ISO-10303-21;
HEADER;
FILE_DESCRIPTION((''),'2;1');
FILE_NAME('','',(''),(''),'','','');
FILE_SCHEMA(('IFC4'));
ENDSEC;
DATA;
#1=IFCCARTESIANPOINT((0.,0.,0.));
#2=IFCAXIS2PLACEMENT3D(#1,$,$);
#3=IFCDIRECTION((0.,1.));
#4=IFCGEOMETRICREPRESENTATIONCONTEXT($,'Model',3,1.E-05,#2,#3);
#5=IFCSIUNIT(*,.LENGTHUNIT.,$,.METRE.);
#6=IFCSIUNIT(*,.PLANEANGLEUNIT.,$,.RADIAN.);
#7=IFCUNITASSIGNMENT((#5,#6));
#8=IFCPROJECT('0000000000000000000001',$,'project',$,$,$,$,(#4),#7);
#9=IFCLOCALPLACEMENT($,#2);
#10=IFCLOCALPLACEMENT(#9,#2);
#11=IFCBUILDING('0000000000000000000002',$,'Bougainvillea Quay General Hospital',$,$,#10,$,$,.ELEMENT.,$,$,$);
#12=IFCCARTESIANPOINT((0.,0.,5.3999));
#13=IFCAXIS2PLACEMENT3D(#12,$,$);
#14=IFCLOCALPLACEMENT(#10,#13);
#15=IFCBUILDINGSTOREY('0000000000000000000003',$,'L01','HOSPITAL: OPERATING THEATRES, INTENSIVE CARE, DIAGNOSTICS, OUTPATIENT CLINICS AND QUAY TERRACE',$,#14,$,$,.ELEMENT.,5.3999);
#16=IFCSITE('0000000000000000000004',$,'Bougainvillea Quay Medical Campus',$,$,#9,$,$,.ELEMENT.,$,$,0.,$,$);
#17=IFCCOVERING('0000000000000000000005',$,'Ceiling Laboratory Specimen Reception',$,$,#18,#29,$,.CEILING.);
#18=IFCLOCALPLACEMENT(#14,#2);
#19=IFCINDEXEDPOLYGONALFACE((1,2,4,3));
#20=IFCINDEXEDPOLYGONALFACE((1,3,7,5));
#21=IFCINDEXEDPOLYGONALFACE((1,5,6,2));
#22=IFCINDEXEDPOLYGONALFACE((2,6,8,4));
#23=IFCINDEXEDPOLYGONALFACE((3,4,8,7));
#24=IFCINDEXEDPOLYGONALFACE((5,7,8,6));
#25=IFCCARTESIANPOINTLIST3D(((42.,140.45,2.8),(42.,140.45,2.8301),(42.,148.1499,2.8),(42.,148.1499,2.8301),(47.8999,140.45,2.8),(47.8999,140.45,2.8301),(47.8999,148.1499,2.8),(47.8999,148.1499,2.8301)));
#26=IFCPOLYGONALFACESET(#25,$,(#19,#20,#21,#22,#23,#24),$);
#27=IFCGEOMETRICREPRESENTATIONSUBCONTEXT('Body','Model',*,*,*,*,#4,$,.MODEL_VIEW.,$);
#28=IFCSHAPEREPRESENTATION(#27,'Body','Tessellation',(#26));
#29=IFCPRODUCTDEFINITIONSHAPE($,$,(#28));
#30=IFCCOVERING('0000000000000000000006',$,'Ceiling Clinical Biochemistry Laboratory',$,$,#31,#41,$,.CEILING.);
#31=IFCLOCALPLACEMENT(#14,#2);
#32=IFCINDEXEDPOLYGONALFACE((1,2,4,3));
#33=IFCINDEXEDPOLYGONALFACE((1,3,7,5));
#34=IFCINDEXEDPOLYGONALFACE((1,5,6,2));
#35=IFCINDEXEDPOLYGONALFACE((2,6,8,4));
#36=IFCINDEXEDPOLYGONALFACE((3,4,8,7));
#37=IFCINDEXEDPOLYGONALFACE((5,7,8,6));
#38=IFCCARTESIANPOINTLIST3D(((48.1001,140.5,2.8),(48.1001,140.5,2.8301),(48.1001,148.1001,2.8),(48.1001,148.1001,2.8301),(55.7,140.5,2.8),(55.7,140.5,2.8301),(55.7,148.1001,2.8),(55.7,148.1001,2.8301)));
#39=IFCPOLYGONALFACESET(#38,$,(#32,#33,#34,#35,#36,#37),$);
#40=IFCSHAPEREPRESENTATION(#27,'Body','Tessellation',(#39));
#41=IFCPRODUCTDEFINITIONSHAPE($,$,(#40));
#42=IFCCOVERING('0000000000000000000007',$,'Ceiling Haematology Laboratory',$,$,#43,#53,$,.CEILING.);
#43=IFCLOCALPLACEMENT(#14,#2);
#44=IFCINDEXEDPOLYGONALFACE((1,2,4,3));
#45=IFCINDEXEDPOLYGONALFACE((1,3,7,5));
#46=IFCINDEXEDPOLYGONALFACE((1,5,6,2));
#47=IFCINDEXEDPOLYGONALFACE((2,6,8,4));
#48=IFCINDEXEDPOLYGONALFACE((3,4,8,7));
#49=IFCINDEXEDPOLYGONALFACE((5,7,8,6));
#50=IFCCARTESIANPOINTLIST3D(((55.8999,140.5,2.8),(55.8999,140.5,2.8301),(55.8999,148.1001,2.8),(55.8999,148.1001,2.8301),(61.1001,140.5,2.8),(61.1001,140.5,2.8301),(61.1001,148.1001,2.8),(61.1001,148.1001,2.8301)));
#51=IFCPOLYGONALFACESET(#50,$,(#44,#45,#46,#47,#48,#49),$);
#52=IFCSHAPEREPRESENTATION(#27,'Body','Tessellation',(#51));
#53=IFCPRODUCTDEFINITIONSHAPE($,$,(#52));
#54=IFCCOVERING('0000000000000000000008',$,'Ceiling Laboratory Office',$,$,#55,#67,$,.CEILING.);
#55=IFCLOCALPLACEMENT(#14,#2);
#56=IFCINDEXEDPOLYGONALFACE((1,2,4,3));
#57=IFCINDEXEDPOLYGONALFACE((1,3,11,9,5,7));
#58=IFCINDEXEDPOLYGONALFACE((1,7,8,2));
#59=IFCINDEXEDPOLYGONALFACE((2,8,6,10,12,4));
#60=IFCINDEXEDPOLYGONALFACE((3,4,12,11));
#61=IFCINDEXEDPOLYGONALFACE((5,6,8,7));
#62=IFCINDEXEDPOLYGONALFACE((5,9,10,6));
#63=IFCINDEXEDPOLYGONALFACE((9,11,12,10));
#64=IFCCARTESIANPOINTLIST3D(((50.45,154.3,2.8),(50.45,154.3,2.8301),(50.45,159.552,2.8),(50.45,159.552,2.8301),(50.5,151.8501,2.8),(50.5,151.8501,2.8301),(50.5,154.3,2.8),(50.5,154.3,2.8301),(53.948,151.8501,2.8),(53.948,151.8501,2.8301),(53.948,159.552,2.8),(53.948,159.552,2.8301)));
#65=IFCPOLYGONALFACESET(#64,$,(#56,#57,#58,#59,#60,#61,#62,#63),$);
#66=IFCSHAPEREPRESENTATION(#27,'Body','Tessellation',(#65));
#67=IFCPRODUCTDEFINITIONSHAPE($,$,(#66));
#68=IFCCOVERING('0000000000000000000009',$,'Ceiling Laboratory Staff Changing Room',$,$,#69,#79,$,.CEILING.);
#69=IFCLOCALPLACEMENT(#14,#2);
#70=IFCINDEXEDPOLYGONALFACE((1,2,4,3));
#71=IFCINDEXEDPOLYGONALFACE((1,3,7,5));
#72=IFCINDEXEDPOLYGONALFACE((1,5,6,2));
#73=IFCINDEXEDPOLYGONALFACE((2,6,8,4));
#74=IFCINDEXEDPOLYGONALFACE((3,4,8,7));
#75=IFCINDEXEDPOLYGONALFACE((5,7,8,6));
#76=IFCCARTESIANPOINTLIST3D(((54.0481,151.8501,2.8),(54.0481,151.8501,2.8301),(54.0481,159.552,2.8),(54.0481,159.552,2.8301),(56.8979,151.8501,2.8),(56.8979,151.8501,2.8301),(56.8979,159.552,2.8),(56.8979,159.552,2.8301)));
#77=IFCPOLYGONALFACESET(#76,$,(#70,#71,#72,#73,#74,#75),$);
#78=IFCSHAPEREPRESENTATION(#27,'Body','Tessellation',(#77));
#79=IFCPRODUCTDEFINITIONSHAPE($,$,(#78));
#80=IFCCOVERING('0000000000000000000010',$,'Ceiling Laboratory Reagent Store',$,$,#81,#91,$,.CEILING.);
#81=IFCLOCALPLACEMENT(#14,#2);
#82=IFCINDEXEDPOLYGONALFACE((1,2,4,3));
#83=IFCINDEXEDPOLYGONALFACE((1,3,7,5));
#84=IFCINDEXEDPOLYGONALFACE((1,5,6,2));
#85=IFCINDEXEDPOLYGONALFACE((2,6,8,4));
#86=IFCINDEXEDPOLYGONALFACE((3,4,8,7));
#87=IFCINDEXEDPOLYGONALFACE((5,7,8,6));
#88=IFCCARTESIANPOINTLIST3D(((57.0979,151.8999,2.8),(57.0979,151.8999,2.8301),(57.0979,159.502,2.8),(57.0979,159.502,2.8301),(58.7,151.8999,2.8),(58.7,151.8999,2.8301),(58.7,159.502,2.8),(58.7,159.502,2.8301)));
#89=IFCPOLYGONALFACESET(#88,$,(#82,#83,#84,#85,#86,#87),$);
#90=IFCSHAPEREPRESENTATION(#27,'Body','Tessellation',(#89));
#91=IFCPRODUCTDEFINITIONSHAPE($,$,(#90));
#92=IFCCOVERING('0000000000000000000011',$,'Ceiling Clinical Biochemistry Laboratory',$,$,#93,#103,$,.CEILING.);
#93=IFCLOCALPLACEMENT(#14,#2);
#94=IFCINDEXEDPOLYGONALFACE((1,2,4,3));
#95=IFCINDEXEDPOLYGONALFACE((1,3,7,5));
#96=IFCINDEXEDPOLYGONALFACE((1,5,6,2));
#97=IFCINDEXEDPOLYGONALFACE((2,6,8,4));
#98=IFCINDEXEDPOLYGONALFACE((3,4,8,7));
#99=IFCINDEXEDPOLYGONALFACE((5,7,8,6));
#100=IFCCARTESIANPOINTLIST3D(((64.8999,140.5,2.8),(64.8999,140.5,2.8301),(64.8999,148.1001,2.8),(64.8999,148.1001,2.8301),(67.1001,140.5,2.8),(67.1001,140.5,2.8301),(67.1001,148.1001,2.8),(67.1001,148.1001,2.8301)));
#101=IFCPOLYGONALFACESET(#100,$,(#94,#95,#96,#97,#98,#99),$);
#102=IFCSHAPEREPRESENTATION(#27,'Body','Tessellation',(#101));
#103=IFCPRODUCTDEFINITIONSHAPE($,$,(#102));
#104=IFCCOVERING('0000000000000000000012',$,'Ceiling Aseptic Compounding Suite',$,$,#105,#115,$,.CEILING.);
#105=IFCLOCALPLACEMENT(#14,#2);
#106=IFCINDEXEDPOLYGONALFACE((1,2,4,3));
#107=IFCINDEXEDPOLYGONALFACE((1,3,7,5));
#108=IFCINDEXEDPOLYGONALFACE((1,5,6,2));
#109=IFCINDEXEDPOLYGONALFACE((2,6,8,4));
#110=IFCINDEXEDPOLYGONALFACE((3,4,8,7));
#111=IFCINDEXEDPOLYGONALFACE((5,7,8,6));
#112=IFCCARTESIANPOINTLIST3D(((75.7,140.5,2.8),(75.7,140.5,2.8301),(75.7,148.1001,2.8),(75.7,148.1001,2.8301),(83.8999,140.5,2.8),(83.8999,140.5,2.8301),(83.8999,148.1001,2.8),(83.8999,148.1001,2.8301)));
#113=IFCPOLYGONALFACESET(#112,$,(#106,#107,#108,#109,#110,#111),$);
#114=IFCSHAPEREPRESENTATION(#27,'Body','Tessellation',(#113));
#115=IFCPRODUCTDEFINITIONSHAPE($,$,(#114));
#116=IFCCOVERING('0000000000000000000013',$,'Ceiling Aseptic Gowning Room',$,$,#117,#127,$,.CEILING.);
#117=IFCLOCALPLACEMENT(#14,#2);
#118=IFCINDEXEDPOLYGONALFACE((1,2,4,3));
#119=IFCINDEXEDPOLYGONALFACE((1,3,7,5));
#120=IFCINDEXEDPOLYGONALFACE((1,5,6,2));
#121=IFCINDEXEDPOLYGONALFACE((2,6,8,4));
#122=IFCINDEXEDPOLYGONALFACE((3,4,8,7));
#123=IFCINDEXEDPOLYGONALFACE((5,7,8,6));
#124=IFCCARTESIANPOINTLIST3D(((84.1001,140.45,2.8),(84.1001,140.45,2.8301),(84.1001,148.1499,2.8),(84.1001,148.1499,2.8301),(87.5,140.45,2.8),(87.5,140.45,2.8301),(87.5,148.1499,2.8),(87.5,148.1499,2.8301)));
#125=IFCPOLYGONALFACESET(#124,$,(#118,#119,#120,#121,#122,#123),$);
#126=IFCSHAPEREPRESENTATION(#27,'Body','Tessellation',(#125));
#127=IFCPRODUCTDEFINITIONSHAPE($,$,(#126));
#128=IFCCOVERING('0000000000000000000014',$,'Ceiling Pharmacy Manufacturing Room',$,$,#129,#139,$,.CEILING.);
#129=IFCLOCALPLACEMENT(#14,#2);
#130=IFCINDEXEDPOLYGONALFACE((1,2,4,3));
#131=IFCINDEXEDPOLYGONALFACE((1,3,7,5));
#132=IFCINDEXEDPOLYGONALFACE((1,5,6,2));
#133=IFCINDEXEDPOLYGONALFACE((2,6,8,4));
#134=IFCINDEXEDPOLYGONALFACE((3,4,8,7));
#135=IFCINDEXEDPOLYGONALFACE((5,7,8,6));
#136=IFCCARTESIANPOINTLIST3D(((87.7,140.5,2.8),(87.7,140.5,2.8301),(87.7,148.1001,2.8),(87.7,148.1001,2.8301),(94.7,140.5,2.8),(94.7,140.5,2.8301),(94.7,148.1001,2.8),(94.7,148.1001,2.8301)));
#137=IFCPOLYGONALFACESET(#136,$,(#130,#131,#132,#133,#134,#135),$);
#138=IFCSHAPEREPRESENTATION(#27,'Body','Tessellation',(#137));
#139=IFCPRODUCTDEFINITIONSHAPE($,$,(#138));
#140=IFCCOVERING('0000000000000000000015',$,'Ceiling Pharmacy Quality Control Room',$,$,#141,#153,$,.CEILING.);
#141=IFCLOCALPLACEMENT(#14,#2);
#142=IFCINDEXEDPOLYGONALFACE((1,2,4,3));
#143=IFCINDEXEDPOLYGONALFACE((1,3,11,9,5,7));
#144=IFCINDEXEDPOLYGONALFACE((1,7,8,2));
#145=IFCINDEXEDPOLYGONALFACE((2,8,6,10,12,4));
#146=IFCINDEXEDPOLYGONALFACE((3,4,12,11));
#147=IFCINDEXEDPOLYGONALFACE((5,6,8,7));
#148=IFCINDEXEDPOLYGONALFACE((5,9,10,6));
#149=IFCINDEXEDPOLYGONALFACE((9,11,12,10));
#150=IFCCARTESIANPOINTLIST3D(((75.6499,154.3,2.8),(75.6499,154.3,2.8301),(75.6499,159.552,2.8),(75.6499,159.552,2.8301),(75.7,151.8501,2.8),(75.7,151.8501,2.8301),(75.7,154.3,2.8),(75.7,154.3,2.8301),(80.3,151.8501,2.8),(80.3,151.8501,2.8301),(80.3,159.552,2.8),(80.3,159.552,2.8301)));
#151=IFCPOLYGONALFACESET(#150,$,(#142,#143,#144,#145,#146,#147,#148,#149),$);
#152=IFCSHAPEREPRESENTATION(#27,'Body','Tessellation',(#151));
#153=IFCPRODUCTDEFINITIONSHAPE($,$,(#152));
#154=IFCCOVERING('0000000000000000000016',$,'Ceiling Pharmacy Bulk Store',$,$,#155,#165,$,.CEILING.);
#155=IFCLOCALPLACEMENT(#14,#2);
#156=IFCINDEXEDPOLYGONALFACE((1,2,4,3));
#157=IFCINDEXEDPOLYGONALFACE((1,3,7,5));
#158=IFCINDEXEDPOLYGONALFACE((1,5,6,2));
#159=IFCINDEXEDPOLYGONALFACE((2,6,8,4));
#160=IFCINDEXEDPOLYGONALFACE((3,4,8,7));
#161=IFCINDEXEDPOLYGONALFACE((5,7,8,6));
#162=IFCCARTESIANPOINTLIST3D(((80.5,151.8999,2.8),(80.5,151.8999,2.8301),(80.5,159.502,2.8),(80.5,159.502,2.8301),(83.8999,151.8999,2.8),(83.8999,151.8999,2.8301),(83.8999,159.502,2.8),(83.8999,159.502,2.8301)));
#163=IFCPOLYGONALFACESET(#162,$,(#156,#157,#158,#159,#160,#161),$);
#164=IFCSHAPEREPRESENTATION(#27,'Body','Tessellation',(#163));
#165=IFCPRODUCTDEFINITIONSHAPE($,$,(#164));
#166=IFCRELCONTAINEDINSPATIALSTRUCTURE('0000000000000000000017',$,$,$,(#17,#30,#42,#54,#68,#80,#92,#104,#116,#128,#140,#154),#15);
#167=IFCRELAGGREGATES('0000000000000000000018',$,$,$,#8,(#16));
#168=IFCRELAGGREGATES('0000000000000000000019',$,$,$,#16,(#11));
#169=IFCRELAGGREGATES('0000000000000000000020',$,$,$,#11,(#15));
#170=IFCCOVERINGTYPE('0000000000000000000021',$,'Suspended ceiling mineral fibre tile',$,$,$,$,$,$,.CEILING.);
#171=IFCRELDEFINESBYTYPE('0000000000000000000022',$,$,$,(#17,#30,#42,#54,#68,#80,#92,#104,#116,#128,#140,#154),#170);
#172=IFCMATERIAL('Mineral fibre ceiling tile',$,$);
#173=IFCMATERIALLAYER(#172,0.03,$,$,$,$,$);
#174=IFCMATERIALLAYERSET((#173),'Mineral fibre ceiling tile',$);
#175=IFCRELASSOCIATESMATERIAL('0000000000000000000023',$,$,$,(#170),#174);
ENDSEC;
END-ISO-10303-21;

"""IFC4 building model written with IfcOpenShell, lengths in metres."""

from ifc_helpers import new_model, si_unit, direction, frame, origin, place, context, subcontext, project, spatial, polyline, outline, extrude, material, layer, layer_set, type_object, element, save


model = new_model("IFC4")

# Units and contexts
model_context = context("Model", 3, precision=1e-05, world=origin(), true_north=direction((0.0, 1.0)))
body_context = subcontext(model_context, "Body", "Model", "MODEL_VIEW")
ifc_project = project(units=[si_unit("LENGTHUNIT", "METRE"), si_unit("PLANEANGLEUNIT", "RADIAN")], contexts=[model_context])

# Site, building, storey
site_placement = place(None, origin())
site = spatial("IfcSite", under=ifc_project, at=site_placement, Name="Bougainvillea Quay Medical Campus", CompositionType="ELEMENT", RefElevation=0.0)
building_placement = place(site_placement, origin())
building = spatial("IfcBuilding", under=site, at=building_placement, Name="Bougainvillea Quay General Hospital", CompositionType="ELEMENT")
storey_placement = place(building_placement, frame((0.0, 0.0, 5.3999)))
storey = spatial("IfcBuildingStorey", under=building, at=storey_placement, Name="L01", Description="HOSPITAL: OPERATING THEATRES, INTENSIVE CARE, DIAGNOSTICS, OUTPATIENT CLINICS AND QUAY TERRACE", CompositionType="ELEMENT", Elevation=5.3999)

# Coverings
ifc_material = material(Name="Mineral fibre ceiling tile")
ifc_layer = layer(ifc_material, 0.03)
ifc_layer_set = layer_set([ifc_layer], Name="Mineral fibre ceiling tile")
covering_type = type_object("IfcCoveringType", Name="Suspended ceiling mineral fibre tile", PredefinedType="CEILING", material=ifc_layer_set)
covering_1_placement = place(storey_placement, frame((0.0, 0.0, 2.8)))
element("IfcCovering", 1, at=covering_1_placement, inside=storey, type_object=covering_type, Name="Ceiling Laboratory Specimen Reception", PredefinedType="CEILING", context=body_context, shape_type="SweptSolid", body=[
    extrude(outline(polyline([(42.0, 140.45), (47.8999, 140.45), (47.8999, 148.1499), (42.0, 148.1499), (42.0, 140.45)])), origin(), (0.0, 0.0, 1.0), 0.03),
])
covering_2_placement = place(storey_placement, frame((0.0, 0.0, 2.8)))
element("IfcCovering", 2, at=covering_2_placement, inside=storey, type_object=covering_type, Name="Ceiling Clinical Biochemistry Laboratory", PredefinedType="CEILING", context=body_context, shape_type="SweptSolid", body=[
    extrude(outline(polyline([(55.7, 140.5), (55.7, 148.1001), (48.1001, 148.1001), (48.1001, 140.5), (55.7, 140.5)])), origin(), (0.0, 0.0, 1.0), 0.03),
])
covering_3_placement = place(storey_placement, frame((0.0, 0.0, 2.8)))
element("IfcCovering", 3, at=covering_3_placement, inside=storey, type_object=covering_type, Name="Ceiling Haematology Laboratory", PredefinedType="CEILING", context=body_context, shape_type="SweptSolid", body=[
    extrude(outline(polyline([(61.1001, 140.5), (61.1001, 148.1001), (55.8999, 148.1001), (55.8999, 140.5), (61.1001, 140.5)])), origin(), (0.0, 0.0, 1.0), 0.03),
])
covering_4_placement = place(storey_placement, frame((0.0, 0.0, 2.8)))
element("IfcCovering", 4, at=covering_4_placement, inside=storey, type_object=covering_type, Name="Ceiling Laboratory Office", PredefinedType="CEILING", context=body_context, shape_type="SweptSolid", body=[
    extrude(outline(polyline([(53.948, 151.8501), (53.948, 159.552), (50.45, 159.552), (50.45, 154.3), (50.5, 154.3), (50.5, 151.8501), (53.948, 151.8501)])), origin(), (0.0, 0.0, 1.0), 0.03),
])
covering_5_placement = place(storey_placement, frame((0.0, 0.0, 2.8)))
element("IfcCovering", 5, at=covering_5_placement, inside=storey, type_object=covering_type, Name="Ceiling Laboratory Staff Changing Room", PredefinedType="CEILING", context=body_context, shape_type="SweptSolid", body=[
    extrude(outline(polyline([(54.0481, 159.552), (54.0481, 151.8501), (56.8979, 151.8501), (56.8979, 159.552), (54.0481, 159.552)])), origin(), (0.0, 0.0, 1.0), 0.03),
])
covering_6_placement = place(storey_placement, frame((0.0, 0.0, 2.8)))
element("IfcCovering", 6, at=covering_6_placement, inside=storey, type_object=covering_type, Name="Ceiling Laboratory Reagent Store", PredefinedType="CEILING", context=body_context, shape_type="SweptSolid", body=[
    extrude(outline(polyline([(57.0979, 151.8999), (58.7, 151.8999), (58.7, 159.502), (57.0979, 159.502), (57.0979, 151.8999)])), origin(), (0.0, 0.0, 1.0), 0.03),
])
covering_7_placement = place(storey_placement, frame((0.0, 0.0, 2.8)))
element("IfcCovering", 7, at=covering_7_placement, inside=storey, type_object=covering_type, Name="Ceiling Clinical Biochemistry Laboratory", PredefinedType="CEILING", context=body_context, shape_type="SweptSolid", body=[
    extrude(outline(polyline([(67.1001, 148.1001), (64.8999, 148.1001), (64.8999, 140.5), (67.1001, 140.5), (67.1001, 148.1001)])), origin(), (0.0, 0.0, 1.0), 0.03),
])
covering_8_placement = place(storey_placement, frame((0.0, 0.0, 2.8)))
element("IfcCovering", 8, at=covering_8_placement, inside=storey, type_object=covering_type, Name="Ceiling Aseptic Compounding Suite", PredefinedType="CEILING", context=body_context, shape_type="SweptSolid", body=[
    extrude(outline(polyline([(83.8999, 140.5), (83.8999, 148.1001), (75.7, 148.1001), (75.7, 140.5), (83.8999, 140.5)])), origin(), (0.0, 0.0, 1.0), 0.03),
])
covering_9_placement = place(storey_placement, frame((0.0, 0.0, 2.8)))
element("IfcCovering", 9, at=covering_9_placement, inside=storey, type_object=covering_type, Name="Ceiling Aseptic Gowning Room", PredefinedType="CEILING", context=body_context, shape_type="SweptSolid", body=[
    extrude(outline(polyline([(87.5, 140.45), (87.5, 148.1499), (84.1001, 148.1499), (84.1001, 140.45), (87.5, 140.45)])), origin(), (0.0, 0.0, 1.0), 0.03),
])
covering_10_placement = place(storey_placement, frame((0.0, 0.0, 2.8)))
element("IfcCovering", 10, at=covering_10_placement, inside=storey, type_object=covering_type, Name="Ceiling Pharmacy Manufacturing Room", PredefinedType="CEILING", context=body_context, shape_type="SweptSolid", body=[
    extrude(outline(polyline([(94.7, 148.1001), (87.7, 148.1001), (87.7, 140.5), (94.7, 140.5), (94.7, 148.1001)])), origin(), (0.0, 0.0, 1.0), 0.03),
])
covering_11_placement = place(storey_placement, frame((0.0, 0.0, 2.8)))
element("IfcCovering", 11, at=covering_11_placement, inside=storey, type_object=covering_type, Name="Ceiling Pharmacy Quality Control Room", PredefinedType="CEILING", context=body_context, shape_type="SweptSolid", body=[
    extrude(outline(polyline([(80.3, 159.552), (75.6499, 159.552), (75.6499, 154.3), (75.7, 154.3), (75.7, 151.8501), (80.3, 151.8501), (80.3, 159.552)])), origin(), (0.0, 0.0, 1.0), 0.03),
])
covering_12_placement = place(storey_placement, frame((0.0, 0.0, 2.8)))
element("IfcCovering", 12, at=covering_12_placement, inside=storey, type_object=covering_type, Name="Ceiling Pharmacy Bulk Store", PredefinedType="CEILING", context=body_context, shape_type="SweptSolid", body=[
    extrude(outline(polyline([(80.5, 159.502), (80.5, 151.8999), (83.8999, 151.8999), (83.8999, 159.502), (80.5, 159.502)])), origin(), (0.0, 0.0, 1.0), 0.03),
])

save(model, "model.ifc")
